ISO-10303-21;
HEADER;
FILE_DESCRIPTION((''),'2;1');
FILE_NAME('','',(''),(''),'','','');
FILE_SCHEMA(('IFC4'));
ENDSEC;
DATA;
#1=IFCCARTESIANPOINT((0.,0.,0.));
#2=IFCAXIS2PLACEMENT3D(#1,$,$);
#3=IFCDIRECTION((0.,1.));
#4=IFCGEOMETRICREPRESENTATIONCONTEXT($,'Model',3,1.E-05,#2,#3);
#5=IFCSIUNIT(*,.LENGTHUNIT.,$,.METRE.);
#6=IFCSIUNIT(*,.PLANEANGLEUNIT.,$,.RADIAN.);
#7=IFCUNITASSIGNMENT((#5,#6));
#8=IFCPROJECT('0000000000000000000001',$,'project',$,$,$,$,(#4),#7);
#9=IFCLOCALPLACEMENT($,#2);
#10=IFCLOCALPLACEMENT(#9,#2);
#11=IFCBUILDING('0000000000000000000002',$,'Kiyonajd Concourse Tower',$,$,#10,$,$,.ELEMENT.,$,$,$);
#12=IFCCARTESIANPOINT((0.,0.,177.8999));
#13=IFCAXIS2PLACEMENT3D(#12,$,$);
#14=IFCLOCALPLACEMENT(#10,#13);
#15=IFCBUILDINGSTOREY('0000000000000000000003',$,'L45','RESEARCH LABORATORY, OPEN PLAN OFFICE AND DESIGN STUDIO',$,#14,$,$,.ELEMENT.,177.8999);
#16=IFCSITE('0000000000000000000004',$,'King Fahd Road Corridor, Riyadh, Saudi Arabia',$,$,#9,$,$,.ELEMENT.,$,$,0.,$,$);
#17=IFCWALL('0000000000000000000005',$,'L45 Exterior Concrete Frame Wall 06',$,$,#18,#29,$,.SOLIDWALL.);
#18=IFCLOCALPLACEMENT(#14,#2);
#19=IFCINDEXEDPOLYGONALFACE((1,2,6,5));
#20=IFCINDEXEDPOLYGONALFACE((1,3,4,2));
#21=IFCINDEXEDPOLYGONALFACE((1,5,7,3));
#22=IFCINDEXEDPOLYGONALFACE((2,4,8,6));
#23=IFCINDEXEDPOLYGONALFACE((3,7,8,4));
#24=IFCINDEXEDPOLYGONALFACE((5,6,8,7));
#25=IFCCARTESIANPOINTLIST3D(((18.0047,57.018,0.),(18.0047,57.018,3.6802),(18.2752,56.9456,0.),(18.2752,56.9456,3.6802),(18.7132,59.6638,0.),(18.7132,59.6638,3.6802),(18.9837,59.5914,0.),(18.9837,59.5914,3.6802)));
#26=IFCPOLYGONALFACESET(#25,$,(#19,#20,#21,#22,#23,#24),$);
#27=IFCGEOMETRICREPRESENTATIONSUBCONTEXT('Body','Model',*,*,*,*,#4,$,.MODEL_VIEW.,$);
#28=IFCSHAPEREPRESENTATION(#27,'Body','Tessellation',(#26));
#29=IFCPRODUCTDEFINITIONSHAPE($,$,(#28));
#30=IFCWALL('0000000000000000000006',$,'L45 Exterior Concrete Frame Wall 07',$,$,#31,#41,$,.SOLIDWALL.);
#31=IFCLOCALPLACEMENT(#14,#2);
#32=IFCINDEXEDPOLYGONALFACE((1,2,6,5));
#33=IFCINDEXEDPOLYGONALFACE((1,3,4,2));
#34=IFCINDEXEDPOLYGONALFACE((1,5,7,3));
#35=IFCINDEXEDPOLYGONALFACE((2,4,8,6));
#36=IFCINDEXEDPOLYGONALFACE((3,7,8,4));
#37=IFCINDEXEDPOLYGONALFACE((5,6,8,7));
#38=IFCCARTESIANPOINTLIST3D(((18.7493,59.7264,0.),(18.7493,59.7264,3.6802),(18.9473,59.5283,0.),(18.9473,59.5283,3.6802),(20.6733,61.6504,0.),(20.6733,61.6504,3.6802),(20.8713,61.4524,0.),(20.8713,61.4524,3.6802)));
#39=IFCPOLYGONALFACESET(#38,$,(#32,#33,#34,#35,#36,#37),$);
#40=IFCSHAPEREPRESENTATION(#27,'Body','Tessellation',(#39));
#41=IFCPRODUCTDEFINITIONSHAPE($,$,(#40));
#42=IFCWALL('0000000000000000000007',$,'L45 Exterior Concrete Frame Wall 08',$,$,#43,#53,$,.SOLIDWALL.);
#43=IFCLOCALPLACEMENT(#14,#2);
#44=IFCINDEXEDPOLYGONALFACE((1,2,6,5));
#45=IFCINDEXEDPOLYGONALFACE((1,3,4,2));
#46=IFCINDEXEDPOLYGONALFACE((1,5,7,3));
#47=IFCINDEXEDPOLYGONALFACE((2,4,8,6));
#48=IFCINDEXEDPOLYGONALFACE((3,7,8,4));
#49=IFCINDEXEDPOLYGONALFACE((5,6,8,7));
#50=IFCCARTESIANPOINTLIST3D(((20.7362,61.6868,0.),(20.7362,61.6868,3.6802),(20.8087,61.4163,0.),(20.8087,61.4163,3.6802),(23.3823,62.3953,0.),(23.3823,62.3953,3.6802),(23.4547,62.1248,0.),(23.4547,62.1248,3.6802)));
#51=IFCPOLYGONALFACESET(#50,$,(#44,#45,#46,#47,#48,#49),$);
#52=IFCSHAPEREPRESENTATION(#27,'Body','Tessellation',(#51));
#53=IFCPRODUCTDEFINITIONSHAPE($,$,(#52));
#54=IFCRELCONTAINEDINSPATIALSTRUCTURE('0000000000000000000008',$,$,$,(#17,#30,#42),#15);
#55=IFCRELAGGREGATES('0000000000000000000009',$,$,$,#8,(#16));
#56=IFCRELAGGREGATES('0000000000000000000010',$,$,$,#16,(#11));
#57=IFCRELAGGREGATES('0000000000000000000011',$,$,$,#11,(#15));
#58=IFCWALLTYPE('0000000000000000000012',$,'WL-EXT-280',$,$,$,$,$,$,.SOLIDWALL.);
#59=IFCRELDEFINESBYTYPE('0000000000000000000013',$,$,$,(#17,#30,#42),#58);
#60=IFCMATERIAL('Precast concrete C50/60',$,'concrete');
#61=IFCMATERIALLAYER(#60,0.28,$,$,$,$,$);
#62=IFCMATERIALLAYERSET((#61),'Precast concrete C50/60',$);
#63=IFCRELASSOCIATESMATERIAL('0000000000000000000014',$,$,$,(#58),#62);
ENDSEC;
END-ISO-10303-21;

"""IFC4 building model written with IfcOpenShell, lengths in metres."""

from ifc_helpers import new_model, si_unit, direction, frame, frame_2d, origin, place, context, subcontext, project, spatial, rectangle, extrude, material, layer, layer_set, type_object, element, save


model = new_model("IFC4")

# Units and contexts
model_context = context("Model", 3, precision=1e-05, world=origin(), true_north=direction((0.0, 1.0)))
body_context = subcontext(model_context, "Body", "Model", "MODEL_VIEW")
ifc_project = project(units=[si_unit("LENGTHUNIT", "METRE"), si_unit("PLANEANGLEUNIT", "RADIAN")], contexts=[model_context])

# Site, building, storey
site_placement = place(None, origin())
site = spatial("IfcSite", under=ifc_project, at=site_placement, Name="King Fahd Road Corridor, Riyadh, Saudi Arabia", CompositionType="ELEMENT", RefElevation=0.0)
building_placement = place(site_placement, origin())
building = spatial("IfcBuilding", under=site, at=building_placement, Name="Kiyonajd Concourse Tower", CompositionType="ELEMENT")
storey_placement = place(building_placement, frame((0.0, 0.0, 177.8999)))
storey = spatial("IfcBuildingStorey", under=building, at=storey_placement, Name="L45", Description="RESEARCH LABORATORY, OPEN PLAN OFFICE AND DESIGN STUDIO", CompositionType="ELEMENT", Elevation=177.8999)

# Walls
ifc_material_1 = material(Name="Precast concrete C50/60", Category="concrete")
ifc_layer_1 = layer(ifc_material_1, 0.28)
ifc_layer_set_1 = layer_set([ifc_layer_1], Name="Precast concrete C50/60")
wall_type = type_object("IfcWallType", Name="WL-EXT-280", PredefinedType="SOLIDWALL", material=ifc_layer_set_1)
wall_1_placement = place(storey_placement, frame((18.1399, 56.9817, 0.0), z_axis=(0.0, 0.0, 1.0), x_axis=(0.258672, 0.965965, 0.0)))
element("IfcWall", 1, at=wall_1_placement, inside=storey, type_object=wall_type, Name="L45 Exterior Concrete Frame Wall 06", PredefinedType="SOLIDWALL", context=body_context, shape_type="SweptSolid", body=[
    extrude(rectangle(XDim=2.739, YDim=0.28, at=frame_2d((1.3696, 0.0))), origin(), (0.0, 0.0, 1.0), 3.6802),
])
wall_2_placement = place(storey_placement, frame((18.8484, 59.6274, 0.0), z_axis=(0.0, 0.0, 1.0), x_axis=(0.707107, 0.707107, 0.0)))
element("IfcWall", 2, at=wall_2_placement, inside=storey, type_object=wall_type, Name="L45 Exterior Concrete Frame Wall 07", PredefinedType="SOLIDWALL", context=body_context, shape_type="SweptSolid", body=[
    extrude(rectangle(XDim=2.7209, YDim=0.28, at=frame_2d((1.3604, 0.0))), origin(), (0.0, 0.0, 1.0), 3.6802),
])
wall_3_placement = place(storey_placement, frame((20.7725, 61.5515, 0.0), z_axis=(0.0, 0.0, 1.0), x_axis=(0.965971, 0.25865, 0.0)))
element("IfcWall", 3, at=wall_3_placement, inside=storey, type_object=wall_type, Name="L45 Exterior Concrete Frame Wall 08", PredefinedType="SOLIDWALL", context=body_context, shape_type="SweptSolid", body=[
    extrude(rectangle(XDim=2.7393, YDim=0.28, at=frame_2d((1.3696, 0.0))), origin(), (0.0, 0.0, 1.0), 3.6802),
])

save(model, "model.ifc")
